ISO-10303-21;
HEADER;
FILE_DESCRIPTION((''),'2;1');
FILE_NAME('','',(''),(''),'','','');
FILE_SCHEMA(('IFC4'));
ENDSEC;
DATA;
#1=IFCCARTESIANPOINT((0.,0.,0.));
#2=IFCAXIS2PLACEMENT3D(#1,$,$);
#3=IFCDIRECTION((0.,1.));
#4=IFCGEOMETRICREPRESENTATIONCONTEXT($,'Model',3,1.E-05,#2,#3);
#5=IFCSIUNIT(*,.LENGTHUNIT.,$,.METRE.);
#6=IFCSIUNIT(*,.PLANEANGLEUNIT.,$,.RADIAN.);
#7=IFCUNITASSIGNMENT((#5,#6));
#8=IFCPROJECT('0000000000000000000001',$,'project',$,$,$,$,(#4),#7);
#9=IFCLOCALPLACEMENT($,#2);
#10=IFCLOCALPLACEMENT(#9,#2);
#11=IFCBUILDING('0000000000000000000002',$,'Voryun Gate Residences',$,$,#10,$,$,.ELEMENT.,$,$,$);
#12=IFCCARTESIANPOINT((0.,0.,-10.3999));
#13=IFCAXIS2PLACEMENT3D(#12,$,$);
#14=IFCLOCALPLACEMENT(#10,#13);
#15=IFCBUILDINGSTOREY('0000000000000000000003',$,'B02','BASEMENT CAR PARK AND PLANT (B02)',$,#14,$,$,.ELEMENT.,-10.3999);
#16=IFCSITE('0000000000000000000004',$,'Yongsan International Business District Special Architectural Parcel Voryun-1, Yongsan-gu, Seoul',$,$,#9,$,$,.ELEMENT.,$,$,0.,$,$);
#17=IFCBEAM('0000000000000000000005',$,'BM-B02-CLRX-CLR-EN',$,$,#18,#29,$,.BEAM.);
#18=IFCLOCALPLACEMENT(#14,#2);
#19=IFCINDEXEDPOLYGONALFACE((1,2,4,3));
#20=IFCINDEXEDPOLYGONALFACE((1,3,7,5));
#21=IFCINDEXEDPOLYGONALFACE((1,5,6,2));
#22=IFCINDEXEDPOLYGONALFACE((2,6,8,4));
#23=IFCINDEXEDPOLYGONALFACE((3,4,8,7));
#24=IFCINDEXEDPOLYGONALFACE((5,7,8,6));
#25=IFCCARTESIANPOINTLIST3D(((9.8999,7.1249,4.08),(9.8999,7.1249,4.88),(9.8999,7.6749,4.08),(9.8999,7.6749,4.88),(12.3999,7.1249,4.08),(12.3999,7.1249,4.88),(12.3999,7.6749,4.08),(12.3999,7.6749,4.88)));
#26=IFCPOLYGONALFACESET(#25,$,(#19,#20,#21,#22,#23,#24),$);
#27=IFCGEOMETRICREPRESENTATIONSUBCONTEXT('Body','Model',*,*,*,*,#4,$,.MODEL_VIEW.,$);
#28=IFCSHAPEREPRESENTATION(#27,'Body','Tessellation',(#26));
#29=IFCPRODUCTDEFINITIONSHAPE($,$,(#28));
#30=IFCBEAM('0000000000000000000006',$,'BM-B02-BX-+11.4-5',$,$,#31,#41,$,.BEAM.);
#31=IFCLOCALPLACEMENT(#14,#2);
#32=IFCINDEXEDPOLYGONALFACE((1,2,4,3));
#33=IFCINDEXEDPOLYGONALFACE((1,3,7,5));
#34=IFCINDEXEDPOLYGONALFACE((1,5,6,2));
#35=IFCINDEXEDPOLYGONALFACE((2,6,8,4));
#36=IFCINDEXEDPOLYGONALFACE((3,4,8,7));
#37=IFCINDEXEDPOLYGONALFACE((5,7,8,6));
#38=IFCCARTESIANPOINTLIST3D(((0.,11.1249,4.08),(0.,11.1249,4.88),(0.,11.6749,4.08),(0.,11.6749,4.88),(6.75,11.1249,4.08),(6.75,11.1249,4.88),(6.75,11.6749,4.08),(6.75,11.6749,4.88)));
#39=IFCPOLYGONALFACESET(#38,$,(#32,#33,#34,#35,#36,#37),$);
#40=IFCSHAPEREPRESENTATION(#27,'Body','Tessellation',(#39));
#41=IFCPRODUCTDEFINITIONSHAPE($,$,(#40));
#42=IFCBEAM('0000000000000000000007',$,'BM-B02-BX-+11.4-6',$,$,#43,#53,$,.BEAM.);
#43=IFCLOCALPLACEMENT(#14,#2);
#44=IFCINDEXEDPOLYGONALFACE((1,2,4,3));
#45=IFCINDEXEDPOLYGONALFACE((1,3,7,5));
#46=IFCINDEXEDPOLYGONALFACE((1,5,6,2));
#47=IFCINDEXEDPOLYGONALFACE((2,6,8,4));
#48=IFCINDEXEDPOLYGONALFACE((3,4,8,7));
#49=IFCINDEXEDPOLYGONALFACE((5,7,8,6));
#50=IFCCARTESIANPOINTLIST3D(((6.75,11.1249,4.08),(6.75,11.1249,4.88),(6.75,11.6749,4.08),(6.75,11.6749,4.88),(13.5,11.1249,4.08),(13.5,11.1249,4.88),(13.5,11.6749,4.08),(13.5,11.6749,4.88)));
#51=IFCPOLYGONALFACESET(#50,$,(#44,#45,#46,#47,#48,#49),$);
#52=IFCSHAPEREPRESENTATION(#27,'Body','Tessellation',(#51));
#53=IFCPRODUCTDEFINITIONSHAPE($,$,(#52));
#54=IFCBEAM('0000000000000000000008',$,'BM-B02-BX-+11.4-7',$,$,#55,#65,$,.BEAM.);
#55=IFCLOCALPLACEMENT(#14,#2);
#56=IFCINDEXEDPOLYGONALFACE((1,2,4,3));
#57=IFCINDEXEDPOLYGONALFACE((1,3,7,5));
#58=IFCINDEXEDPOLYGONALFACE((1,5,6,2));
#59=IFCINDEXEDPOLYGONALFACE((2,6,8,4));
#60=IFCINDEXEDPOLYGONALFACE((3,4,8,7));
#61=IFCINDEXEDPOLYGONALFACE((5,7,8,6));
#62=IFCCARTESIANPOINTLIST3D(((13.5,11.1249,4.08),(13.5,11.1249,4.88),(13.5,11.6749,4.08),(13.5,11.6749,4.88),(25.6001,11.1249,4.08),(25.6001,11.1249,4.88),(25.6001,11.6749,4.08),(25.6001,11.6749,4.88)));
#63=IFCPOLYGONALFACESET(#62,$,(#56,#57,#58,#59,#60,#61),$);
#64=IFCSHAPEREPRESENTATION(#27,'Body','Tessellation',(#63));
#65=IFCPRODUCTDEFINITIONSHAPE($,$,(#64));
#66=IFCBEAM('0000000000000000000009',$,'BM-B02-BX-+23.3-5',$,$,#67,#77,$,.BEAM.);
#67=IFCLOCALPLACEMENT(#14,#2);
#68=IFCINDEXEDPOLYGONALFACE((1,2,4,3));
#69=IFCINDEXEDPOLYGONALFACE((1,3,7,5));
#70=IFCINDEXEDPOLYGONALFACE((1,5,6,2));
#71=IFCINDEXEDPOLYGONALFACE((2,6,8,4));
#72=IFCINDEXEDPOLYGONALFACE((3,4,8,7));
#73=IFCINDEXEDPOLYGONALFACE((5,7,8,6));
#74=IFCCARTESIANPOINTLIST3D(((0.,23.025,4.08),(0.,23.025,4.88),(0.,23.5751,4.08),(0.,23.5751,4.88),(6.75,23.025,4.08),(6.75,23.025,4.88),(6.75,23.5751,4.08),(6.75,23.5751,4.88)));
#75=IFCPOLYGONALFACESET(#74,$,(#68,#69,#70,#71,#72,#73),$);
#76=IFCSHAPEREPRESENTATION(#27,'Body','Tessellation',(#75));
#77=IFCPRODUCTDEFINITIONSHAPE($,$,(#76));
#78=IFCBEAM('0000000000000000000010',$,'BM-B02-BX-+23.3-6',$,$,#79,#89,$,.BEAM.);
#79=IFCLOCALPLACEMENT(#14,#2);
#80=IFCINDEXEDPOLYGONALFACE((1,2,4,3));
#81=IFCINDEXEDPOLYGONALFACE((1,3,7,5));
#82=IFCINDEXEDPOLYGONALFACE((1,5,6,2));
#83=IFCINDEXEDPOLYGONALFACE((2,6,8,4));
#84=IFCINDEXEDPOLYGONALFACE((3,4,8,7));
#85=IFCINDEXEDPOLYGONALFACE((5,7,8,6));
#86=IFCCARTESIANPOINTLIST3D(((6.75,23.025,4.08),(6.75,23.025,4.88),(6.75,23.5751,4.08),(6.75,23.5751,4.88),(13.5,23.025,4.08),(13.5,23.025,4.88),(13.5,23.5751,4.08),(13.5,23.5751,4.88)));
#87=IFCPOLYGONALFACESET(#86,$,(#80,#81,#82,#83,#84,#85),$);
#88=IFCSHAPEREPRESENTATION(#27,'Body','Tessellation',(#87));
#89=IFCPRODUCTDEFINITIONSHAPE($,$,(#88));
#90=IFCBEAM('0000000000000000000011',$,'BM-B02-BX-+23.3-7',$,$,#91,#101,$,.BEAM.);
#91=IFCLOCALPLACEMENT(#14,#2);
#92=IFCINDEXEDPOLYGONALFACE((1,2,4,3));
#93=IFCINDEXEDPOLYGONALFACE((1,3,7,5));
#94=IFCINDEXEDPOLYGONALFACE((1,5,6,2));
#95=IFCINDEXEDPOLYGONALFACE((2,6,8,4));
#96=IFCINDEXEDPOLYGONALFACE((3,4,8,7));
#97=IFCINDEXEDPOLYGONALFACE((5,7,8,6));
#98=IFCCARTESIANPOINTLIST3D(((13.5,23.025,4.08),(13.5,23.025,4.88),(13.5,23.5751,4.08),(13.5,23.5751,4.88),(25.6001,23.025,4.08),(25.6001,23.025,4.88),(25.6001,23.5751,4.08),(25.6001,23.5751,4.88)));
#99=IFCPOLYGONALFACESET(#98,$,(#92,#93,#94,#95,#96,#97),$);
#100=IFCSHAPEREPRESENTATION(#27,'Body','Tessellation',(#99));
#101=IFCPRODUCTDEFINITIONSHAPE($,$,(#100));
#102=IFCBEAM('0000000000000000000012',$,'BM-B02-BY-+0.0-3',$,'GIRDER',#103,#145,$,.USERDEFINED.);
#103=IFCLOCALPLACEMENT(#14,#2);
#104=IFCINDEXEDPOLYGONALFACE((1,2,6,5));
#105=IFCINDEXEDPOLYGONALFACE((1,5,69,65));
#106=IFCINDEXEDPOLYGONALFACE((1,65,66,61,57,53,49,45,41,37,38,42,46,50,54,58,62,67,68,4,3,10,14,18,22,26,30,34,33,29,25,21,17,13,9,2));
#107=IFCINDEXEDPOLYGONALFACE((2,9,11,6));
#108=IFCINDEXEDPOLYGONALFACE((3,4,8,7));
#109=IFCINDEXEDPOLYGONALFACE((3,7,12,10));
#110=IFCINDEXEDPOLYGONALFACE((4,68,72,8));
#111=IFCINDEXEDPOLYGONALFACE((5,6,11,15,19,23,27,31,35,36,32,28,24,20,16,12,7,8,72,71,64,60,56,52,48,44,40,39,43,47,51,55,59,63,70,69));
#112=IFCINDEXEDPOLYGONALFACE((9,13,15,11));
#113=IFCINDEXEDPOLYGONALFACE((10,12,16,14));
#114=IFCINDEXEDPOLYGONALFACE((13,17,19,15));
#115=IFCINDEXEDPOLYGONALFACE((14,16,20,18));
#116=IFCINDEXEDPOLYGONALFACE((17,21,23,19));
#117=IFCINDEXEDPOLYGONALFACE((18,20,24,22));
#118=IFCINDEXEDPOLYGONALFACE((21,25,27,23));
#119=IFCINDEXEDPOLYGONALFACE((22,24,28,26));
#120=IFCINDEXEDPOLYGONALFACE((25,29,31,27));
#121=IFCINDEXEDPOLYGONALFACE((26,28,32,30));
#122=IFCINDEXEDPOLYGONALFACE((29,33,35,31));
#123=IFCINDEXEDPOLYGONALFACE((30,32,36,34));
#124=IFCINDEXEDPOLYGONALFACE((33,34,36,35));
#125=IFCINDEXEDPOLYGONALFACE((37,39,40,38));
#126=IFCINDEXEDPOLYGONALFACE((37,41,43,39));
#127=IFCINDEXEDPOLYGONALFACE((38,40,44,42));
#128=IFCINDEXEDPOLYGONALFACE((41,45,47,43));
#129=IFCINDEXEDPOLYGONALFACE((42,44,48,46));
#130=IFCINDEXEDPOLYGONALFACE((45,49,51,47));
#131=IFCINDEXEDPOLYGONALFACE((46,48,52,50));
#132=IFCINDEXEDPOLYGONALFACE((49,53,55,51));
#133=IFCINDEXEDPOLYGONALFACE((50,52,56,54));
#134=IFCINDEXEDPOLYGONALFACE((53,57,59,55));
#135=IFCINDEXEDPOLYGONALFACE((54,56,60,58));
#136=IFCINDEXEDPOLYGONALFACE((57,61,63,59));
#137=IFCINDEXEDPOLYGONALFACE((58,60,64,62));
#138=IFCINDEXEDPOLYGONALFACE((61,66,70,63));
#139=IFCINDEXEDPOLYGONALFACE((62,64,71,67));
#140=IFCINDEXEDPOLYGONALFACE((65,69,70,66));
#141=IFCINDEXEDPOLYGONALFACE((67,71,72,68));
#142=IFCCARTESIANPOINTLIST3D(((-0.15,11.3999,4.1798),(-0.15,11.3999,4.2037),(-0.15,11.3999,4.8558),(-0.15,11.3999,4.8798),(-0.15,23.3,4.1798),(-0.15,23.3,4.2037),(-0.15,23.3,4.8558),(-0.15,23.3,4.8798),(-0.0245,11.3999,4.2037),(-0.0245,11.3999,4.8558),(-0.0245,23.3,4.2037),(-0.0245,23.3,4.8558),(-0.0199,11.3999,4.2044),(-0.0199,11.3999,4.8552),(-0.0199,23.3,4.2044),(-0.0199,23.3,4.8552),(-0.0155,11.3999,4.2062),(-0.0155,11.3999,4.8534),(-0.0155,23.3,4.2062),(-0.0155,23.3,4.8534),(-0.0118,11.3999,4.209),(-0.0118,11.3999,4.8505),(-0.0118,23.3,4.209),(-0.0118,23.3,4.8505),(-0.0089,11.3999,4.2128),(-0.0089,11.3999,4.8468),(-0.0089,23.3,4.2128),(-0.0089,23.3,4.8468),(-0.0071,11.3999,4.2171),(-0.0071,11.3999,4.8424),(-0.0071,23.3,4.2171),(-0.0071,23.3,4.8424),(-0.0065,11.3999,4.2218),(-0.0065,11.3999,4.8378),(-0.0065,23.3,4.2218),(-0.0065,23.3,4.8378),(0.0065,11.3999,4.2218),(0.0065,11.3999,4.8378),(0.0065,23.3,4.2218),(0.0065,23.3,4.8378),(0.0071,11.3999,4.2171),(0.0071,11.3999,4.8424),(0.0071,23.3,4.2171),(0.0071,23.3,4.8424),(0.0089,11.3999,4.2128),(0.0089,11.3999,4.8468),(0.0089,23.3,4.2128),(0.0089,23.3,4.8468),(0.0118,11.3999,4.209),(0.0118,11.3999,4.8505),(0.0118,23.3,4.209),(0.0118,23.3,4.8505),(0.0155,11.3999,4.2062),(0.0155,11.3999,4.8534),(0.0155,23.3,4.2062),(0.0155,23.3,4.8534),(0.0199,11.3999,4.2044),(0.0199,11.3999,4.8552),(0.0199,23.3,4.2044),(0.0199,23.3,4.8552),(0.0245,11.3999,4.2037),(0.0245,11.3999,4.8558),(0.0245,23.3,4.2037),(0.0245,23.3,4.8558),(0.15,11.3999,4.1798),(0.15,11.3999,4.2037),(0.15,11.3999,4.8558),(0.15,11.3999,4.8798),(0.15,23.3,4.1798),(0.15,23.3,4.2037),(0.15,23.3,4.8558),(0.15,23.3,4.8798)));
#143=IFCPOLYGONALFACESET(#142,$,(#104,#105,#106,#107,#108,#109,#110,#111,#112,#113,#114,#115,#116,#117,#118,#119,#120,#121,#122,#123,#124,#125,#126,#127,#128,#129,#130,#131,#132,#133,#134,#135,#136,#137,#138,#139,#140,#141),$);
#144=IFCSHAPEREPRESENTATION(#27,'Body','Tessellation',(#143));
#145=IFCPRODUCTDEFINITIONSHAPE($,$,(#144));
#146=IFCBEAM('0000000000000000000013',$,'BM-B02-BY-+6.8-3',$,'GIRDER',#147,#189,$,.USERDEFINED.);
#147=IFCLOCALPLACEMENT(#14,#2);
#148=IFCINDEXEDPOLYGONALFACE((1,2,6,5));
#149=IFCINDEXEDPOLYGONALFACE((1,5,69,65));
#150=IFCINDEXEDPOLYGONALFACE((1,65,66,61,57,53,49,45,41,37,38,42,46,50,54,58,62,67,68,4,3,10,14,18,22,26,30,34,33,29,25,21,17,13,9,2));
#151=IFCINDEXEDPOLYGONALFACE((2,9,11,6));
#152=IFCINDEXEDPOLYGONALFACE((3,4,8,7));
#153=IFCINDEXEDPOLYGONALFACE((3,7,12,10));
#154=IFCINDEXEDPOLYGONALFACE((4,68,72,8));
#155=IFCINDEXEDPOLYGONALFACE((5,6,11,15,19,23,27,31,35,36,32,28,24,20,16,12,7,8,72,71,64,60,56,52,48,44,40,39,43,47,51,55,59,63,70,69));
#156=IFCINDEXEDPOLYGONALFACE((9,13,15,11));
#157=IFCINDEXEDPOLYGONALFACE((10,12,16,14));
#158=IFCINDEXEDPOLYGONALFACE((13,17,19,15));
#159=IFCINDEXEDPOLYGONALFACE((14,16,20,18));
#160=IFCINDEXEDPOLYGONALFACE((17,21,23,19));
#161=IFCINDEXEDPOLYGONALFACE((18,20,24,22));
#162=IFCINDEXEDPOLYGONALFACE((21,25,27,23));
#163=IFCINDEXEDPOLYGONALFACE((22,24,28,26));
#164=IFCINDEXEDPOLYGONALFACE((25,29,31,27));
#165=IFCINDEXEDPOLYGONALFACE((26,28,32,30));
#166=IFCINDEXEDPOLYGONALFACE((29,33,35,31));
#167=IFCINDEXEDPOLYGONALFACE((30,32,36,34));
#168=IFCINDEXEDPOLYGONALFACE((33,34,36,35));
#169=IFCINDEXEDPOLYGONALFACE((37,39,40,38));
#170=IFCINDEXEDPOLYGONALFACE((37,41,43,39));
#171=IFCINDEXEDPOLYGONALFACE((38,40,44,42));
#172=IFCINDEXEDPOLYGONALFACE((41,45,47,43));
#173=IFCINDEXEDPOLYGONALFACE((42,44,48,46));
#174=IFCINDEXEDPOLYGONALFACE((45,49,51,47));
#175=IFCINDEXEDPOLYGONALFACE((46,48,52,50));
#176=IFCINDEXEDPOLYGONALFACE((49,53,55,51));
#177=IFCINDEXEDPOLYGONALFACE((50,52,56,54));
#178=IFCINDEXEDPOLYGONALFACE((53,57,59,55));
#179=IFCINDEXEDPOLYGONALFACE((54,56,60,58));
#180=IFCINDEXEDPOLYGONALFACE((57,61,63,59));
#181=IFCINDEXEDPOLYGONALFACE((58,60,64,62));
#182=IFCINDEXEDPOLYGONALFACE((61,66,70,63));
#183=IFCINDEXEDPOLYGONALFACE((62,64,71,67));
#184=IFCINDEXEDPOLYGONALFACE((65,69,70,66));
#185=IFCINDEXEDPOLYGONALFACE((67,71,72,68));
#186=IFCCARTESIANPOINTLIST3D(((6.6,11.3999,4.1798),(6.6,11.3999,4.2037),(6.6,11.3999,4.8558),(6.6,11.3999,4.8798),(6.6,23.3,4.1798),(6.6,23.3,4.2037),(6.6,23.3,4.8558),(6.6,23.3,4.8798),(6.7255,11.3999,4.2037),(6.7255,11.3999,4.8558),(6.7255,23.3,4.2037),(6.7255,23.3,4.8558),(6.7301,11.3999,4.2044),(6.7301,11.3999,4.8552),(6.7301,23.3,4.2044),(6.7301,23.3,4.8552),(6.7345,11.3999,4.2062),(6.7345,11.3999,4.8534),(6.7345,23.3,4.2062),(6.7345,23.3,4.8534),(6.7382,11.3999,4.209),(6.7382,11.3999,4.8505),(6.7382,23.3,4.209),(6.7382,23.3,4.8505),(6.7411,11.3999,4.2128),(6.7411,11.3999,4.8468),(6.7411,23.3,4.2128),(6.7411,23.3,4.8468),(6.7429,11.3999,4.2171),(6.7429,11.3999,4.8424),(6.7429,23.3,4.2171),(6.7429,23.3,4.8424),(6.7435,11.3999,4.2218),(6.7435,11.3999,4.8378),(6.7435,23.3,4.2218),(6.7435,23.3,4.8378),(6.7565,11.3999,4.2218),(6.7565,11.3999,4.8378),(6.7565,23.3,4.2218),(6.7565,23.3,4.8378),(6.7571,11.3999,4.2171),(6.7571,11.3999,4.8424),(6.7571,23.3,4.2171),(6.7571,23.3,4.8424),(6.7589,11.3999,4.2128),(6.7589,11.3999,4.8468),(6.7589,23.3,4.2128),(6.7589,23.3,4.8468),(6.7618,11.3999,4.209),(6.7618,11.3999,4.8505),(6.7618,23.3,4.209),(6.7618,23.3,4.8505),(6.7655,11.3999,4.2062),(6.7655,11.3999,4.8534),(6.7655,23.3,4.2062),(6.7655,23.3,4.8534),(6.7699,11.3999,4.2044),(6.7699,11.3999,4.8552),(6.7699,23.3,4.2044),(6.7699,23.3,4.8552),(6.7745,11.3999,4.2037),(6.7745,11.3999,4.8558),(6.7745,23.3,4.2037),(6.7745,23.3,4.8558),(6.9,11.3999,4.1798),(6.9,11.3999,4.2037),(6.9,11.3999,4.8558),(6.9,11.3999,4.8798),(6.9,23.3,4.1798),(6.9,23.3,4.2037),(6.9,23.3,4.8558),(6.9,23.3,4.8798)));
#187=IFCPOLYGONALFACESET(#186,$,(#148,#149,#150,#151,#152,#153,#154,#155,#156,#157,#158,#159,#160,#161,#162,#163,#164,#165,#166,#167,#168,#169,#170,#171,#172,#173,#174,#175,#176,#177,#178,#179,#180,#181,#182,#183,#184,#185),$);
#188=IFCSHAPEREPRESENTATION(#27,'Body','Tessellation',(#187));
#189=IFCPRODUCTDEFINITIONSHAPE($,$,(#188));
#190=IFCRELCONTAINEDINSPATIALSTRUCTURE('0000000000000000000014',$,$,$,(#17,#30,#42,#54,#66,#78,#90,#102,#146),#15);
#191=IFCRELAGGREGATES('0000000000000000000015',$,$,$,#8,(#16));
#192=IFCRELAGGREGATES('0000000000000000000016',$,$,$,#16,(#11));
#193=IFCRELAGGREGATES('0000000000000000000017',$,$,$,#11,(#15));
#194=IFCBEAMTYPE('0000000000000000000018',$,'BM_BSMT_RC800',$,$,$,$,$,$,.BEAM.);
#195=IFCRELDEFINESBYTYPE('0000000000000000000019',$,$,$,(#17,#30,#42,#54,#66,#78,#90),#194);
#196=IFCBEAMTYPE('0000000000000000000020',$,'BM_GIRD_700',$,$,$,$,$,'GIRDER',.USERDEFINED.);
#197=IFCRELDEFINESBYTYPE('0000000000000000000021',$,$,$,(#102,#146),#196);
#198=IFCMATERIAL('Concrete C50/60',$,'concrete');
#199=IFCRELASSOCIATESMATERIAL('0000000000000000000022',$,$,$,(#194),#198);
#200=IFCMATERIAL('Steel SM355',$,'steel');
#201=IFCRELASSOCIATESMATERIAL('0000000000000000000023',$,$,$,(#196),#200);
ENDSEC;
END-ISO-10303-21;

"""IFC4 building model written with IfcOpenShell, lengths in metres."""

from ifc_helpers import new_model, si_unit, direction, frame, origin, origin_2d, place, context, subcontext, project, spatial, rectangle, i_section, extrude, material, material_profile, profile_set, type_object, element, save


model = new_model("IFC4")

# Units and contexts
model_context = context("Model", 3, precision=1e-05, world=origin(), true_north=direction((0.0, 1.0)))
body_context = subcontext(model_context, "Body", "Model", "MODEL_VIEW")
ifc_project = project(units=[si_unit("LENGTHUNIT", "METRE"), si_unit("PLANEANGLEUNIT", "RADIAN")], contexts=[model_context])

# Site, building, storey
site_placement = place(None, origin())
site = spatial("IfcSite", under=ifc_project, at=site_placement, Name="Yongsan International Business District Special Architectural Parcel Voryun-1, Yongsan-gu, Seoul", CompositionType="ELEMENT", RefElevation=0.0)
building_placement = place(site_placement, origin())
building = spatial("IfcBuilding", under=site, at=building_placement, Name="Voryun Gate Residences", CompositionType="ELEMENT")
storey_placement = place(building_placement, frame((0.0, 0.0, -10.3999)))
storey = spatial("IfcBuildingStorey", under=building, at=storey_placement, Name="B02", Description="BASEMENT CAR PARK AND PLANT (B02)", CompositionType="ELEMENT", Elevation=-10.3999)

# Beams
ifc_material_1 = material(Name="Concrete C50/60", Category="concrete")
ifc_material_profile_1 = material_profile(ifc_material_1, rectangle(XDim=0.55, YDim=0.8, at=origin_2d()), Name="RC-550x800")
ifc_profile_set_1 = profile_set([ifc_material_profile_1], Name="Concrete C50/60")
beam_type_1 = type_object("IfcBeamType", Name="BM_BSMT_RC800", PredefinedType="BEAM", material=ifc_profile_set_1)
beam_1_placement = place(storey_placement, frame((12.3999, 7.3999, 4.48), z_axis=(-1.0, 0.0, 0.0), x_axis=(0.0, -1.0, 0.0)))
element("IfcBeam", 1, at=beam_1_placement, inside=storey, type_object=beam_type_1, Name="BM-B02-CLRX-CLR-EN", PredefinedType="BEAM", context=body_context, shape_type="SweptSolid", body=[
    extrude(rectangle(XDim=0.55, YDim=0.8, at=origin_2d()), origin(), (0.0, 0.0, 1.0), 2.5),
])
for number, where, z_axis, x_axis, name in (
    (2, (0.0, 11.3999, 4.48), (1.0, 0.0, 0.0), (0.0, 1.0, 0.0), "BM-B02-BX-+11.4-5"),
    (3, (6.75, 11.3999, 4.48), (1.0, 0.0, 0.0), (0.0, 1.0, 0.0), "BM-B02-BX-+11.4-6"),
):
    element("IfcBeam", number, at=place(storey_placement, frame(where, z_axis=z_axis, x_axis=x_axis)), inside=storey, type_object=beam_type_1, Name=name, PredefinedType="BEAM", context=body_context, shape_type="SweptSolid", body=[
        extrude(rectangle(XDim=0.55, YDim=0.8, at=origin_2d()), origin(), (0.0, 0.0, 1.0), 6.75),
    ])
beam_2_placement = place(storey_placement, frame((13.5, 11.3999, 4.48), z_axis=(1.0, 0.0, 0.0), x_axis=(0.0, 1.0, 0.0)))
element("IfcBeam", 4, at=beam_2_placement, inside=storey, type_object=beam_type_1, Name="BM-B02-BX-+11.4-7", PredefinedType="BEAM", context=body_context, shape_type="SweptSolid", body=[
    extrude(rectangle(XDim=0.55, YDim=0.8, at=origin_2d()), origin(), (0.0, 0.0, 1.0), 12.1001),
])
for number, where, z_axis, x_axis, name in (
    (5, (0.0, 23.3, 4.48), (1.0, 0.0, 0.0), (0.0, 1.0, 0.0), "BM-B02-BX-+23.3-5"),
    (6, (6.75, 23.3, 4.48), (1.0, 0.0, 0.0), (0.0, 1.0, 0.0), "BM-B02-BX-+23.3-6"),
):
    element("IfcBeam", number, at=place(storey_placement, frame(where, z_axis=z_axis, x_axis=x_axis)), inside=storey, type_object=beam_type_1, Name=name, PredefinedType="BEAM", context=body_context, shape_type="SweptSolid", body=[
        extrude(rectangle(XDim=0.55, YDim=0.8, at=origin_2d()), origin(), (0.0, 0.0, 1.0), 6.75),
    ])
beam_3_placement = place(storey_placement, frame((13.5, 23.3, 4.48), z_axis=(1.0, 0.0, 0.0), x_axis=(0.0, 1.0, 0.0)))
element("IfcBeam", 7, at=beam_3_placement, inside=storey, type_object=beam_type_1, Name="BM-B02-BX-+23.3-7", PredefinedType="BEAM", context=body_context, shape_type="SweptSolid", body=[
    extrude(rectangle(XDim=0.55, YDim=0.8, at=origin_2d()), origin(), (0.0, 0.0, 1.0), 12.1001),
])
ifc_material_2 = material(Name="Steel SM355", Category="steel")
ifc_material_profile_2 = material_profile(ifc_material_2, i_section(OverallWidth=0.3, OverallDepth=0.7, WebThickness=0.0129, FlangeThickness=0.0239, FilletRadius=0.0181, at=origin_2d()), Name="H-700x300x13x24")
ifc_profile_set_2 = profile_set([ifc_material_profile_2], Name="Steel SM355")
beam_type_2 = type_object("IfcBeamType", Name="BM_GIRD_700", ElementType="GIRDER", PredefinedType="USERDEFINED", material=ifc_profile_set_2)
for number, where, z_axis, x_axis, name in (
    (8, (0.0, 11.3999, 4.5298), (0.0, 1.0, 0.0), (-1.0, 0.0, 0.0), "BM-B02-BY-+0.0-3"),
    (9, (6.75, 11.3999, 4.5298), (0.0, 1.0, 0.0), (-1.0, 0.0, 0.0), "BM-B02-BY-+6.8-3"),
):
    element("IfcBeam", number, at=place(storey_placement, frame(where, z_axis=z_axis, x_axis=x_axis)), inside=storey, type_object=beam_type_2, Name=name, ObjectType="GIRDER", PredefinedType="USERDEFINED", context=body_context, shape_type="SweptSolid", body=[
        extrude(i_section(OverallWidth=0.3, OverallDepth=0.7, WebThickness=0.0129, FlangeThickness=0.0239, FilletRadius=0.0181, at=origin_2d()), origin(), (0.0, 0.0, 1.0), 11.9001),
    ])

save(model, "model.ifc")
